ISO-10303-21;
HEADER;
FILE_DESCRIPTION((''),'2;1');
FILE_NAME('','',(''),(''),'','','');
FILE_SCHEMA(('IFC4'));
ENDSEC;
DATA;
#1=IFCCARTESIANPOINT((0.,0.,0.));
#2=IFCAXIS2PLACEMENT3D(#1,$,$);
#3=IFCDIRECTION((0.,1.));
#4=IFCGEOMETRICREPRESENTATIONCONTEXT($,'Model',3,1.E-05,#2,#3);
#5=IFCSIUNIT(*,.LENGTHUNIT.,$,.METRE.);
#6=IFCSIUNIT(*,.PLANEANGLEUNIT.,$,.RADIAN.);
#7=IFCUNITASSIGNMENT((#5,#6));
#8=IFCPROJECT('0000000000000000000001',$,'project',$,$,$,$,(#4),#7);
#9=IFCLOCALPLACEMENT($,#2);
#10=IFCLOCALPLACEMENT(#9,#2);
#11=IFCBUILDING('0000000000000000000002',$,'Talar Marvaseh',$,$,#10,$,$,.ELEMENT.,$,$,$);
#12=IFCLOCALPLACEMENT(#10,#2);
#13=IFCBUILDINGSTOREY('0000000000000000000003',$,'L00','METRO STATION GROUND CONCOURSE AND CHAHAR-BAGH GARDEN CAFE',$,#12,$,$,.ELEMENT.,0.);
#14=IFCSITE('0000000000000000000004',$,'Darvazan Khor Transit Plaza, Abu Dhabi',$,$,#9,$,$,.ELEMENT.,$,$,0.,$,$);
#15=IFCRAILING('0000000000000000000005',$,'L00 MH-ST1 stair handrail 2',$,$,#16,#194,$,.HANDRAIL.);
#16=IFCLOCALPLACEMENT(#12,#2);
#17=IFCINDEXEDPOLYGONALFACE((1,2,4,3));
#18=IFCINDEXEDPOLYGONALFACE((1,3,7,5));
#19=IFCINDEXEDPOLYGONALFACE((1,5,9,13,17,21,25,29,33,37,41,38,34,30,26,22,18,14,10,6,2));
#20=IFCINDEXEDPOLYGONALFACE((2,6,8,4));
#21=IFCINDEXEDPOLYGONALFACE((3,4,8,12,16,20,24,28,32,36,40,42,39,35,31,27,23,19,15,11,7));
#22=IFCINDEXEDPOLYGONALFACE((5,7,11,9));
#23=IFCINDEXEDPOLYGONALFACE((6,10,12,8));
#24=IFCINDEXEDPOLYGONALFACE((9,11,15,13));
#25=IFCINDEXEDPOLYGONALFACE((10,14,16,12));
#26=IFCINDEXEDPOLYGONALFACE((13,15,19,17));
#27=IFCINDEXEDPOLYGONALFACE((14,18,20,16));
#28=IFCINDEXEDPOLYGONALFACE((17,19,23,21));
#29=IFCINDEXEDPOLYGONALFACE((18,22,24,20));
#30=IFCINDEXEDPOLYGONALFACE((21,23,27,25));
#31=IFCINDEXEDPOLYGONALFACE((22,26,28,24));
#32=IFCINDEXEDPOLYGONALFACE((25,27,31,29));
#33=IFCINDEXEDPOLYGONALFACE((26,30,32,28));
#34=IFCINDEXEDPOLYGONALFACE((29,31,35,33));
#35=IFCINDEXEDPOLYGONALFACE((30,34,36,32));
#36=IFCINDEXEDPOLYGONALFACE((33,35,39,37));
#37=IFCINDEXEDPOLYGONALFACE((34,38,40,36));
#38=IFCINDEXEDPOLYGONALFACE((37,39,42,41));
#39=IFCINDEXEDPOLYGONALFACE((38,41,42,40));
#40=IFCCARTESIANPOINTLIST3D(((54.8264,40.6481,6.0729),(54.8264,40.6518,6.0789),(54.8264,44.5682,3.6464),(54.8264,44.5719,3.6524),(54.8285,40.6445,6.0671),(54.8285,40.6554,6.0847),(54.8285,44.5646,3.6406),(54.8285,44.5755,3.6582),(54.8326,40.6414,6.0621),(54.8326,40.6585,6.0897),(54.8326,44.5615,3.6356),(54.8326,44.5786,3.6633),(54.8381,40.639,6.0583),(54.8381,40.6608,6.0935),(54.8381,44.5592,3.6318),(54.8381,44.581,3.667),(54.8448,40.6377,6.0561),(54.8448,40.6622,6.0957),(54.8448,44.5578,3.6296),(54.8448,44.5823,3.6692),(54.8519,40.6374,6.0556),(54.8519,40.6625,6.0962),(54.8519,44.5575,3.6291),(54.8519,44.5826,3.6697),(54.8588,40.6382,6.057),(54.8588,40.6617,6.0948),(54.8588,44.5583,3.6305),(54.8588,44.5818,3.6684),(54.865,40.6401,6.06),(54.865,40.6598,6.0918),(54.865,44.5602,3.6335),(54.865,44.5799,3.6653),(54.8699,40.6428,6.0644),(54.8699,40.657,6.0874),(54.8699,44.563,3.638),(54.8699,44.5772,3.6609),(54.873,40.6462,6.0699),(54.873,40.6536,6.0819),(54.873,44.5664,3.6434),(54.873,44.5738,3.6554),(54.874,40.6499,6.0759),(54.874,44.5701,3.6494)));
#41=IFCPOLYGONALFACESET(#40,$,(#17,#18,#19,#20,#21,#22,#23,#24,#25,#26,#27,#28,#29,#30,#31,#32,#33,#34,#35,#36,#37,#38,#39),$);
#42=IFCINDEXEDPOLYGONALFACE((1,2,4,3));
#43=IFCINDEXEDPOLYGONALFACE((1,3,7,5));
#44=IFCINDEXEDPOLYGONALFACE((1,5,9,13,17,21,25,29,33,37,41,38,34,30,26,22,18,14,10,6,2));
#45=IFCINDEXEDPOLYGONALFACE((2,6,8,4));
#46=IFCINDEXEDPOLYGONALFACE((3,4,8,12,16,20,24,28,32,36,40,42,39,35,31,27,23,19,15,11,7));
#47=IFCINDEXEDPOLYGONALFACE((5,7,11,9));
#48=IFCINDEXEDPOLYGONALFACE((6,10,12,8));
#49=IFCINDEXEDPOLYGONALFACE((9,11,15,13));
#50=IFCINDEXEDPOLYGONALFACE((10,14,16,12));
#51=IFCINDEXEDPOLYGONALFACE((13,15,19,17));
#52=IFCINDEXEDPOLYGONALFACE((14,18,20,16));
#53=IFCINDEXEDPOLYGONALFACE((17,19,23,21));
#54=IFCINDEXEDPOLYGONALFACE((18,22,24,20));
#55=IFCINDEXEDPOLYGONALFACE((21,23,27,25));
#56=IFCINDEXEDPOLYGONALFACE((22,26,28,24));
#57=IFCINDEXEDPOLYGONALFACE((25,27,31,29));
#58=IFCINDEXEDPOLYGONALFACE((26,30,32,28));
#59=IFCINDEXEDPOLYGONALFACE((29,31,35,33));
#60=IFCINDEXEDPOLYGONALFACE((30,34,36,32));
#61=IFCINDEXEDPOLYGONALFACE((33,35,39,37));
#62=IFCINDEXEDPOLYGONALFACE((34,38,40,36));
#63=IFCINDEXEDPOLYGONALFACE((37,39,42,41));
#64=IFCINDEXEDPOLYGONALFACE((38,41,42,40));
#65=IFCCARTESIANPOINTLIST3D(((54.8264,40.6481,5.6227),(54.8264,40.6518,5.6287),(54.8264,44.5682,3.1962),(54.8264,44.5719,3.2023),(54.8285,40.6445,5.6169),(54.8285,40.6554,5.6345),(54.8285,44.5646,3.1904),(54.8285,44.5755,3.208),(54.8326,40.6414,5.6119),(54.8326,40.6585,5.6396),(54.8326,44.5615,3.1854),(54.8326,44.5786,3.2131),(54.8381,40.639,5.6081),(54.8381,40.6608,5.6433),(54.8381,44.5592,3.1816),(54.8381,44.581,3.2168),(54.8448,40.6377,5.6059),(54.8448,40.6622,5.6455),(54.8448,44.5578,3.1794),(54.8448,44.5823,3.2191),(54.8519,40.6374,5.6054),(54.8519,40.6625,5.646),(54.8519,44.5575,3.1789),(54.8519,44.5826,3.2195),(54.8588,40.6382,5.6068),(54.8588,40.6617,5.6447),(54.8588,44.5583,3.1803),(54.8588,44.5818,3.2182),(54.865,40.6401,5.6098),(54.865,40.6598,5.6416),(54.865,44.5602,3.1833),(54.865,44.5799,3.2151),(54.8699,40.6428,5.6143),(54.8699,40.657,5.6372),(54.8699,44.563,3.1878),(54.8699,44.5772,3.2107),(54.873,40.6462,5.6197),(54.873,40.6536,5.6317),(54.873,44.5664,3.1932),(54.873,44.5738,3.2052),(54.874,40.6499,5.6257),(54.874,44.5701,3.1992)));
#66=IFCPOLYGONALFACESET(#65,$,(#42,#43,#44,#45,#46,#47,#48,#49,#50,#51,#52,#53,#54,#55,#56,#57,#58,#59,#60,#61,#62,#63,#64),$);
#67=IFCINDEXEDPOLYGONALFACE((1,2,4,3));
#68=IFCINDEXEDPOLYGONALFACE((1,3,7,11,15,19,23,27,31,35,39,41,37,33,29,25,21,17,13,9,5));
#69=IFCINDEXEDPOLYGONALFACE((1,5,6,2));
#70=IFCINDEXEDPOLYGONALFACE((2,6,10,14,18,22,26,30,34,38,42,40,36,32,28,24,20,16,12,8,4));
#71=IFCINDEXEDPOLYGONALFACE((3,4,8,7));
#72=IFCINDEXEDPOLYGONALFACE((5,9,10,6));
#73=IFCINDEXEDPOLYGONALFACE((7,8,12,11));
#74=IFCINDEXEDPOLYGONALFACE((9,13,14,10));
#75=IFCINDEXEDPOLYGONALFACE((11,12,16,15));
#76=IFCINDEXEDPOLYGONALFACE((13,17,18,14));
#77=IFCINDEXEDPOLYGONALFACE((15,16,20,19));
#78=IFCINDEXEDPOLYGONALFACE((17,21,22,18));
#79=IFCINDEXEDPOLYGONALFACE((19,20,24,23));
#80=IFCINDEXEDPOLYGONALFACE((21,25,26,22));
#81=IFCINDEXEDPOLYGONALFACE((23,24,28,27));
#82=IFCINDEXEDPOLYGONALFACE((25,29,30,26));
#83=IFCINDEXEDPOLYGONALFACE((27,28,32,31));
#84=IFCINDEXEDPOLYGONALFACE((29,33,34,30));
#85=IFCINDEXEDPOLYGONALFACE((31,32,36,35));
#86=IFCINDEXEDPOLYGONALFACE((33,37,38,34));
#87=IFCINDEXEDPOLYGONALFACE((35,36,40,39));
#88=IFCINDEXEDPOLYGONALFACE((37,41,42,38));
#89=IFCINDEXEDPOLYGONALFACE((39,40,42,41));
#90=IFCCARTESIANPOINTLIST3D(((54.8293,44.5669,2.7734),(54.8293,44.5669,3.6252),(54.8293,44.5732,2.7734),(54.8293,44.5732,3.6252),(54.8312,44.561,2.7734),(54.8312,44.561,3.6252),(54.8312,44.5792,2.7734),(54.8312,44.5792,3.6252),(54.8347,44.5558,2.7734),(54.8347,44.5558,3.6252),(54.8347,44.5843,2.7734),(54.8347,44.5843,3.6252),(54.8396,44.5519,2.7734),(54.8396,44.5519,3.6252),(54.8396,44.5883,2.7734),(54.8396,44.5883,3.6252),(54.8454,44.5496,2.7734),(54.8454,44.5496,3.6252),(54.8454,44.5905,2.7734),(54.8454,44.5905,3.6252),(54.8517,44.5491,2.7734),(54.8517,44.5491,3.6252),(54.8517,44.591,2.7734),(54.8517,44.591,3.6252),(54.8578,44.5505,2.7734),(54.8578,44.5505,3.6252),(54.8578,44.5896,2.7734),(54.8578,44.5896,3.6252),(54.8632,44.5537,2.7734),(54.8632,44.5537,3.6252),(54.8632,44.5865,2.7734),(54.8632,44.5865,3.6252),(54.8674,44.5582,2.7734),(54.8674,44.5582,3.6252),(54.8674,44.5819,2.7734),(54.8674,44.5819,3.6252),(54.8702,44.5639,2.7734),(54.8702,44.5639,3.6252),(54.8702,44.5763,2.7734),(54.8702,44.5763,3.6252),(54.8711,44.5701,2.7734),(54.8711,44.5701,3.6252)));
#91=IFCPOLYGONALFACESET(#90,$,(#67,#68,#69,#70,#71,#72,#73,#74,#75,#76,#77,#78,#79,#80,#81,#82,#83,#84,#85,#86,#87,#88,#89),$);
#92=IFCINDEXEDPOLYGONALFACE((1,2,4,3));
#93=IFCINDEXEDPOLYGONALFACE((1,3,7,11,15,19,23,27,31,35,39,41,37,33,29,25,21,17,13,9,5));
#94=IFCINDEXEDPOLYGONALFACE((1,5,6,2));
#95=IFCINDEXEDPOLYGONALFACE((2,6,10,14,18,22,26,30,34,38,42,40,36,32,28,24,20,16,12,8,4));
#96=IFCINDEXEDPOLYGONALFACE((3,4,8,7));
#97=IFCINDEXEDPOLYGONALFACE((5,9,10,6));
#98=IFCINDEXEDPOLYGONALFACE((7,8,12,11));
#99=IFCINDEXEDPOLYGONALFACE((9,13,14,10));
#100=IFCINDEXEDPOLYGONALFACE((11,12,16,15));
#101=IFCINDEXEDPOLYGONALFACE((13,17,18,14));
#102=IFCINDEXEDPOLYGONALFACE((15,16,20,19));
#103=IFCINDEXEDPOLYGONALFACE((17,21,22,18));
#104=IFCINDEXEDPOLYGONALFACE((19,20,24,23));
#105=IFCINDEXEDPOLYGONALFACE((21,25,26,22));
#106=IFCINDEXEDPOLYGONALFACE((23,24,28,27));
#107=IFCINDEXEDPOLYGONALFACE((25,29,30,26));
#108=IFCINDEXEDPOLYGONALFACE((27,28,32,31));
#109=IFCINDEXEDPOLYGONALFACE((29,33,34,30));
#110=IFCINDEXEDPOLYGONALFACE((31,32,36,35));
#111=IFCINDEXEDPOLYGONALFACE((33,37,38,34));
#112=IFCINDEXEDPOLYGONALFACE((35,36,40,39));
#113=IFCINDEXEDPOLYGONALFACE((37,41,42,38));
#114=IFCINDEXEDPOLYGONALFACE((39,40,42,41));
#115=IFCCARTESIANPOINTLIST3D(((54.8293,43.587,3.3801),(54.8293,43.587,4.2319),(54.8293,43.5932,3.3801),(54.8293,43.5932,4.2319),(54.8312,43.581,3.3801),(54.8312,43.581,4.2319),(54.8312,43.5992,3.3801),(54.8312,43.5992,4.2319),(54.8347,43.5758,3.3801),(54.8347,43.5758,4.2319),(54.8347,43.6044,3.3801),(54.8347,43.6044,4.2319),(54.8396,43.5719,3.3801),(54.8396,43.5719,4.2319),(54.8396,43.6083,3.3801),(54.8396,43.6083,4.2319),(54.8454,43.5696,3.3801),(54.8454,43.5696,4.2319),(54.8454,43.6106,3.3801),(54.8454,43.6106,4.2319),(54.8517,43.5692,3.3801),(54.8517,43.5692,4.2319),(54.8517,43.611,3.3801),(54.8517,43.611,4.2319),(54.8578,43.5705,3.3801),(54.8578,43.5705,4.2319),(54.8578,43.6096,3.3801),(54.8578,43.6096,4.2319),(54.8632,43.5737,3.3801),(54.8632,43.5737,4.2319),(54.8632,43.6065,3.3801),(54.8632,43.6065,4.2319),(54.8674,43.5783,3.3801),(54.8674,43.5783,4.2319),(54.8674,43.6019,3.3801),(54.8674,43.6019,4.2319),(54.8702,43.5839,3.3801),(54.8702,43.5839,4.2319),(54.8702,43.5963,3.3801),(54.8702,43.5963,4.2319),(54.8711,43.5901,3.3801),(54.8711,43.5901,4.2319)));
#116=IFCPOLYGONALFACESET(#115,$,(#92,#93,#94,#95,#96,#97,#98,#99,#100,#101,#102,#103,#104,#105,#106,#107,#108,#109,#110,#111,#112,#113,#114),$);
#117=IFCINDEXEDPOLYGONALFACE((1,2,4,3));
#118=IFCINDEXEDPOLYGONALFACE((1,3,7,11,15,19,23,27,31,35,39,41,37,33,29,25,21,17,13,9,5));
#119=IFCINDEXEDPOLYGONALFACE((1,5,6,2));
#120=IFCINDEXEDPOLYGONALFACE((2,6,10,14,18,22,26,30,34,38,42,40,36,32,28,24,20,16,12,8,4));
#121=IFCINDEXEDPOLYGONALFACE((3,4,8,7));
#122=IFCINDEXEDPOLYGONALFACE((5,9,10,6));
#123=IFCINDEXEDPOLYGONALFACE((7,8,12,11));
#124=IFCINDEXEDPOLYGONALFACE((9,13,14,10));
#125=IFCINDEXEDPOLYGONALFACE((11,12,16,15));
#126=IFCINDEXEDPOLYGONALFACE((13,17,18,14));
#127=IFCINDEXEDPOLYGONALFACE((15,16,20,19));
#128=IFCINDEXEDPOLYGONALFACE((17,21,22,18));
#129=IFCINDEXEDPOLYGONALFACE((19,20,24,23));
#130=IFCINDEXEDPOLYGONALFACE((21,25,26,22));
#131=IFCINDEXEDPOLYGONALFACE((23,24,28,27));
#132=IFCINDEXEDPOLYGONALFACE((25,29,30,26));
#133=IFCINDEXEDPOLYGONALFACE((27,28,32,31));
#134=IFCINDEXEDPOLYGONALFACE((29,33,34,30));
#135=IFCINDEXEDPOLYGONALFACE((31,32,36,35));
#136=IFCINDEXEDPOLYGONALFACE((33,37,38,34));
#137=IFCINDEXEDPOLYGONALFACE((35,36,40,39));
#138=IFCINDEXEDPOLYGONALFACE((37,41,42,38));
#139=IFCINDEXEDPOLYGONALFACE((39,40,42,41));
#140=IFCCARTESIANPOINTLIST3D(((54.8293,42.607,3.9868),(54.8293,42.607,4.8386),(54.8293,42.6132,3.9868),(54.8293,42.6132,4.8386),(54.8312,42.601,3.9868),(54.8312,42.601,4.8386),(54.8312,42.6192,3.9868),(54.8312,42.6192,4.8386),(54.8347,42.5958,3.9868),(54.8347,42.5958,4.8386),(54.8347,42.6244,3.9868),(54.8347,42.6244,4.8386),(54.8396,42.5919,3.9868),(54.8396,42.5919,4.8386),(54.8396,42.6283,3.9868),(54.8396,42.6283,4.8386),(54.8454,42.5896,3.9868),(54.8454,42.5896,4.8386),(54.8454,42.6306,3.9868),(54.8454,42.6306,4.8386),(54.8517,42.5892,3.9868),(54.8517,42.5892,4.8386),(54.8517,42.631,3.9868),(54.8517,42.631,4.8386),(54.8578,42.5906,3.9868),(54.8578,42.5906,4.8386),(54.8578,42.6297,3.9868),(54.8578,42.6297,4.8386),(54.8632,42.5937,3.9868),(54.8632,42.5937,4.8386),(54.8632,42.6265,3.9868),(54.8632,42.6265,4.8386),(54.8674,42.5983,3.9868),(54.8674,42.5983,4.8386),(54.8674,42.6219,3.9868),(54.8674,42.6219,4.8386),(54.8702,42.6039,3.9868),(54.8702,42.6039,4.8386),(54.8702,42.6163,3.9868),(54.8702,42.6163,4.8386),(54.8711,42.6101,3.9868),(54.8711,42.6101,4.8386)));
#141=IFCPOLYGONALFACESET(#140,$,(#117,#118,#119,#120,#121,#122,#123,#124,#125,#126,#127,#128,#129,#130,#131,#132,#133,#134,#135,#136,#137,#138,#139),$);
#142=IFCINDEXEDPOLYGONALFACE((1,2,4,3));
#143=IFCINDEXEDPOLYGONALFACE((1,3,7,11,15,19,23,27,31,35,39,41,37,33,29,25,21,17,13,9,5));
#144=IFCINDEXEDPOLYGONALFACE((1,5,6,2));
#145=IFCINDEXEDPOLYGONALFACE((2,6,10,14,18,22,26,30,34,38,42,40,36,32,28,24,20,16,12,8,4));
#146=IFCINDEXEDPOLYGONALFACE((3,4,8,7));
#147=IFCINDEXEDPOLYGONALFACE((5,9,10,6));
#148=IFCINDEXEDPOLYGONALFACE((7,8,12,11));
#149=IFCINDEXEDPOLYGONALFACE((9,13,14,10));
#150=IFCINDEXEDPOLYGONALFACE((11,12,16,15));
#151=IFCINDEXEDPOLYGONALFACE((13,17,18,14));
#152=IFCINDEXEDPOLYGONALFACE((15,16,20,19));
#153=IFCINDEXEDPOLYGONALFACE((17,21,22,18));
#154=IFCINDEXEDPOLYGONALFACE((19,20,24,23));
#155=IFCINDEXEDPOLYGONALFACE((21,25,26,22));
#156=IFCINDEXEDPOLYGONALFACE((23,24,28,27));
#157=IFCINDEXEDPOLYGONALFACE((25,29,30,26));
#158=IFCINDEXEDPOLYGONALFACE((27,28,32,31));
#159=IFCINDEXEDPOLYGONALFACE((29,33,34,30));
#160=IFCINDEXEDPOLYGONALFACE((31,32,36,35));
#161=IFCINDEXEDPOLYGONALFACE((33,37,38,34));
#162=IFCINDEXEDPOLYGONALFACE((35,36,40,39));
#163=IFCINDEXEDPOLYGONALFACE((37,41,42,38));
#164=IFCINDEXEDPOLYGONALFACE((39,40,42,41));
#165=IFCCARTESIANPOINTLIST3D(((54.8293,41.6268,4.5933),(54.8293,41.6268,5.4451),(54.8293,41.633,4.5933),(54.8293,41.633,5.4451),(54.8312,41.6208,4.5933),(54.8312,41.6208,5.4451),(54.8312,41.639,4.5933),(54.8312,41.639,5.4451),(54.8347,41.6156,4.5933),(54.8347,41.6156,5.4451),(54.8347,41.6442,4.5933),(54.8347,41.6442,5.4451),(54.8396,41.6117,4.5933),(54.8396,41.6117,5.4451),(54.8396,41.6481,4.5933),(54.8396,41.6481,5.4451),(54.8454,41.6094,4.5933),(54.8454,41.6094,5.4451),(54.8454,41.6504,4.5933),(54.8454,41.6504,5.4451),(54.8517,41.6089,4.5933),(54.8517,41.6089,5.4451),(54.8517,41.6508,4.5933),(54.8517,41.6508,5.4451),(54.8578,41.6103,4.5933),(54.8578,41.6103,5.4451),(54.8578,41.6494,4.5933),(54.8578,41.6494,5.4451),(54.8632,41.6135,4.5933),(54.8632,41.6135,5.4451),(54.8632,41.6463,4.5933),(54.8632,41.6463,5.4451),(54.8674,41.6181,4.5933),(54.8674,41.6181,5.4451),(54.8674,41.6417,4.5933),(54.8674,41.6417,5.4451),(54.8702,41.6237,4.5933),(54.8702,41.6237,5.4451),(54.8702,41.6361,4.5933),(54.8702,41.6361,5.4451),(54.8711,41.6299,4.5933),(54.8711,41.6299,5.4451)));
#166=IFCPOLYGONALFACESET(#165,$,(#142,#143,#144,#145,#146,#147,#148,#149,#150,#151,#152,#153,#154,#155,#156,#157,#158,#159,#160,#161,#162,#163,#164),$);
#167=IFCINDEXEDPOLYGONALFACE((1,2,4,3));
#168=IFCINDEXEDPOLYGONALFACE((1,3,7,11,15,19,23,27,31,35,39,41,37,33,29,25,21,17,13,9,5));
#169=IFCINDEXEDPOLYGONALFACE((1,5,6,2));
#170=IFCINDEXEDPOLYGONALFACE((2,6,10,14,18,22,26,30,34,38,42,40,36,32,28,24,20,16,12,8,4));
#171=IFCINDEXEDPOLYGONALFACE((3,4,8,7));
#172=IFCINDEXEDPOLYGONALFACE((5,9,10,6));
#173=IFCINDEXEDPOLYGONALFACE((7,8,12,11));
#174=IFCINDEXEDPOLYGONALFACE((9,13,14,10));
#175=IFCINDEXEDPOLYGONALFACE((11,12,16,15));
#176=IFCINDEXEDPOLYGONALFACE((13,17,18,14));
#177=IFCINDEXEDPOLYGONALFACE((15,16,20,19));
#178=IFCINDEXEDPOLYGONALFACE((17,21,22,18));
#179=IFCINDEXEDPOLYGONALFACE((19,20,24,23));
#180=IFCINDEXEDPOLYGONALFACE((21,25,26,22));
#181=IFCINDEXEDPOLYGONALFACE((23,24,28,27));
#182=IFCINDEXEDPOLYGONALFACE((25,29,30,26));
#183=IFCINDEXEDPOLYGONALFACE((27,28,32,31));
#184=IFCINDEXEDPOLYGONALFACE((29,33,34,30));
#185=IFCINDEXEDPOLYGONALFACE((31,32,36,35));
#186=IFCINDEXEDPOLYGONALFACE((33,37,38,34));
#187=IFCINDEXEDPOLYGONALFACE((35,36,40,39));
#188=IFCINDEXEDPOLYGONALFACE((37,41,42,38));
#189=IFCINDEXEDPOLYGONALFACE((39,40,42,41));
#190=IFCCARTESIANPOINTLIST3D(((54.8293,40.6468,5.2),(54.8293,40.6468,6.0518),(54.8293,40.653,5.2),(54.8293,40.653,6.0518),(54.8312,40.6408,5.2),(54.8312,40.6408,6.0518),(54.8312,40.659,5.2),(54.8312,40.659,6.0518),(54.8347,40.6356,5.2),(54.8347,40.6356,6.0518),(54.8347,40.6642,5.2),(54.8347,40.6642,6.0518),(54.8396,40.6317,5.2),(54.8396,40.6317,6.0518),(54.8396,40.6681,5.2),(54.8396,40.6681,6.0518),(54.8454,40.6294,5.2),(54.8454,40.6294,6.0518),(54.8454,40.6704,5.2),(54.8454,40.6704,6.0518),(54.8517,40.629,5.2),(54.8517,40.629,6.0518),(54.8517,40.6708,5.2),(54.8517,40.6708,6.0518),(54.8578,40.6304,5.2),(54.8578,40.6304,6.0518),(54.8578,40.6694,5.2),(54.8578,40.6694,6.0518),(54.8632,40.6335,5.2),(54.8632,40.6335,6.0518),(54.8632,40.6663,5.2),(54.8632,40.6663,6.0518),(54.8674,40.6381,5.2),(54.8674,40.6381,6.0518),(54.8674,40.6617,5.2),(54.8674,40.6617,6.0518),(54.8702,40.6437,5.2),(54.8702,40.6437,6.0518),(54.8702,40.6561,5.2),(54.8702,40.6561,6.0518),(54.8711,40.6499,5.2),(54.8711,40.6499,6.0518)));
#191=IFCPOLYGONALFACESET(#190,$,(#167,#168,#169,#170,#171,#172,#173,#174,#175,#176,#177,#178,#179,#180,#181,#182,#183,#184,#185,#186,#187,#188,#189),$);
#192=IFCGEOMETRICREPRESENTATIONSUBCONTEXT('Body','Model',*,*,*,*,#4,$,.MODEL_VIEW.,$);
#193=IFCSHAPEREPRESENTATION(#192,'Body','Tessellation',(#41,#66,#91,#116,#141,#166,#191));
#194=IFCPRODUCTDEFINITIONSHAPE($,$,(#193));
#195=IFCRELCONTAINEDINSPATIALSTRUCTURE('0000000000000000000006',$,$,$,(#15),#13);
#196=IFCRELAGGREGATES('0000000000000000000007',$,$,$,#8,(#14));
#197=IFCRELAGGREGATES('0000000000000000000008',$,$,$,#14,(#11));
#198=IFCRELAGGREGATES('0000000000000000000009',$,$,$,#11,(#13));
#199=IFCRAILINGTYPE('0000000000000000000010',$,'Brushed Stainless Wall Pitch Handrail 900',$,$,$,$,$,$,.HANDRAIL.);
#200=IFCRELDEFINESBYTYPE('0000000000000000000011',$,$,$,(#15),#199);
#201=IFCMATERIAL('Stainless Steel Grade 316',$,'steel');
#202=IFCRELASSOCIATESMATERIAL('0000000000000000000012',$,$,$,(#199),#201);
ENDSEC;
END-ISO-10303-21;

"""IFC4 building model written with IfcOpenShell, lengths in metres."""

from ifc_helpers import new_model, si_unit, direction, frame, origin, origin_2d, place, context, subcontext, project, spatial, circle, extrude, material, type_object, element, save


model = new_model("IFC4")

# Units and contexts
model_context = context("Model", 3, precision=1e-05, world=origin(), true_north=direction((0.0, 1.0)))
body_context = subcontext(model_context, "Body", "Model", "MODEL_VIEW")
ifc_project = project(units=[si_unit("LENGTHUNIT", "METRE"), si_unit("PLANEANGLEUNIT", "RADIAN")], contexts=[model_context])

# Site, building, storey
site_placement = place(None, origin())
site = spatial("IfcSite", under=ifc_project, at=site_placement, Name="Darvazan Khor Transit Plaza, Abu Dhabi", CompositionType="ELEMENT", RefElevation=0.0)
building_placement = place(site_placement, origin())
building = spatial("IfcBuilding", under=site, at=building_placement, Name="Talar Marvaseh", CompositionType="ELEMENT")
storey_placement = place(building_placement, origin())
storey = spatial("IfcBuildingStorey", under=building, at=storey_placement, Name="L00", Description="METRO STATION GROUND CONCOURSE AND CHAHAR-BAGH GARDEN CAFE", CompositionType="ELEMENT", Elevation=0.0)

# Railing
ifc_material_1 = material(Name="Stainless Steel Grade 316", Category="steel")
railing_type_1 = type_object("IfcRailingType", Name="Brushed Stainless Wall Pitch Handrail 900", PredefinedType="HANDRAIL", material=ifc_material_1)
railing_1_placement = place(storey_placement, frame((54.8501, 44.5701, 2.7734)))
element("IfcRailing", 1, at=railing_1_placement, inside=storey, type_object=railing_type_1, Name="L00 MH-ST1 stair handrail 2", PredefinedType="HANDRAIL", context=body_context, shape_type="SweptSolid", body=[
    extrude(circle(Radius=0.0239, at=origin_2d()), frame((0.0, 0.0, 0.876), z_axis=(0.0, -0.85029, 0.526315), x_axis=(1.0, 0.0, 0.0)), (0.0, 0.0, 1.0), 4.6104),
    extrude(circle(Radius=0.0239, at=origin_2d()), frame((0.0, 0.0, 0.4258), z_axis=(0.0, -0.85029, 0.526315), x_axis=(1.0, 0.0, 0.0)), (0.0, 0.0, 1.0), 4.6104),
    extrude(circle(Radius=0.021, at=origin_2d()), origin(), (0.0, 0.0, 1.0), 0.8518),
    extrude(circle(Radius=0.021, at=origin_2d()), frame((0.0, -0.98, 0.6067)), (0.0, 0.0, 1.0), 0.8518),
    extrude(circle(Radius=0.021, at=origin_2d()), frame((0.0, -1.96, 1.2134)), (0.0, 0.0, 1.0), 0.8518),
    extrude(circle(Radius=0.021, at=origin_2d()), frame((0.0, -2.9402, 1.8198)), (0.0, 0.0, 1.0), 0.8518),
    extrude(circle(Radius=0.021, at=origin_2d()), frame((0.0, -3.9202, 2.4265)), (0.0, 0.0, 1.0), 0.8518),
])

save(model, "model.ifc")
